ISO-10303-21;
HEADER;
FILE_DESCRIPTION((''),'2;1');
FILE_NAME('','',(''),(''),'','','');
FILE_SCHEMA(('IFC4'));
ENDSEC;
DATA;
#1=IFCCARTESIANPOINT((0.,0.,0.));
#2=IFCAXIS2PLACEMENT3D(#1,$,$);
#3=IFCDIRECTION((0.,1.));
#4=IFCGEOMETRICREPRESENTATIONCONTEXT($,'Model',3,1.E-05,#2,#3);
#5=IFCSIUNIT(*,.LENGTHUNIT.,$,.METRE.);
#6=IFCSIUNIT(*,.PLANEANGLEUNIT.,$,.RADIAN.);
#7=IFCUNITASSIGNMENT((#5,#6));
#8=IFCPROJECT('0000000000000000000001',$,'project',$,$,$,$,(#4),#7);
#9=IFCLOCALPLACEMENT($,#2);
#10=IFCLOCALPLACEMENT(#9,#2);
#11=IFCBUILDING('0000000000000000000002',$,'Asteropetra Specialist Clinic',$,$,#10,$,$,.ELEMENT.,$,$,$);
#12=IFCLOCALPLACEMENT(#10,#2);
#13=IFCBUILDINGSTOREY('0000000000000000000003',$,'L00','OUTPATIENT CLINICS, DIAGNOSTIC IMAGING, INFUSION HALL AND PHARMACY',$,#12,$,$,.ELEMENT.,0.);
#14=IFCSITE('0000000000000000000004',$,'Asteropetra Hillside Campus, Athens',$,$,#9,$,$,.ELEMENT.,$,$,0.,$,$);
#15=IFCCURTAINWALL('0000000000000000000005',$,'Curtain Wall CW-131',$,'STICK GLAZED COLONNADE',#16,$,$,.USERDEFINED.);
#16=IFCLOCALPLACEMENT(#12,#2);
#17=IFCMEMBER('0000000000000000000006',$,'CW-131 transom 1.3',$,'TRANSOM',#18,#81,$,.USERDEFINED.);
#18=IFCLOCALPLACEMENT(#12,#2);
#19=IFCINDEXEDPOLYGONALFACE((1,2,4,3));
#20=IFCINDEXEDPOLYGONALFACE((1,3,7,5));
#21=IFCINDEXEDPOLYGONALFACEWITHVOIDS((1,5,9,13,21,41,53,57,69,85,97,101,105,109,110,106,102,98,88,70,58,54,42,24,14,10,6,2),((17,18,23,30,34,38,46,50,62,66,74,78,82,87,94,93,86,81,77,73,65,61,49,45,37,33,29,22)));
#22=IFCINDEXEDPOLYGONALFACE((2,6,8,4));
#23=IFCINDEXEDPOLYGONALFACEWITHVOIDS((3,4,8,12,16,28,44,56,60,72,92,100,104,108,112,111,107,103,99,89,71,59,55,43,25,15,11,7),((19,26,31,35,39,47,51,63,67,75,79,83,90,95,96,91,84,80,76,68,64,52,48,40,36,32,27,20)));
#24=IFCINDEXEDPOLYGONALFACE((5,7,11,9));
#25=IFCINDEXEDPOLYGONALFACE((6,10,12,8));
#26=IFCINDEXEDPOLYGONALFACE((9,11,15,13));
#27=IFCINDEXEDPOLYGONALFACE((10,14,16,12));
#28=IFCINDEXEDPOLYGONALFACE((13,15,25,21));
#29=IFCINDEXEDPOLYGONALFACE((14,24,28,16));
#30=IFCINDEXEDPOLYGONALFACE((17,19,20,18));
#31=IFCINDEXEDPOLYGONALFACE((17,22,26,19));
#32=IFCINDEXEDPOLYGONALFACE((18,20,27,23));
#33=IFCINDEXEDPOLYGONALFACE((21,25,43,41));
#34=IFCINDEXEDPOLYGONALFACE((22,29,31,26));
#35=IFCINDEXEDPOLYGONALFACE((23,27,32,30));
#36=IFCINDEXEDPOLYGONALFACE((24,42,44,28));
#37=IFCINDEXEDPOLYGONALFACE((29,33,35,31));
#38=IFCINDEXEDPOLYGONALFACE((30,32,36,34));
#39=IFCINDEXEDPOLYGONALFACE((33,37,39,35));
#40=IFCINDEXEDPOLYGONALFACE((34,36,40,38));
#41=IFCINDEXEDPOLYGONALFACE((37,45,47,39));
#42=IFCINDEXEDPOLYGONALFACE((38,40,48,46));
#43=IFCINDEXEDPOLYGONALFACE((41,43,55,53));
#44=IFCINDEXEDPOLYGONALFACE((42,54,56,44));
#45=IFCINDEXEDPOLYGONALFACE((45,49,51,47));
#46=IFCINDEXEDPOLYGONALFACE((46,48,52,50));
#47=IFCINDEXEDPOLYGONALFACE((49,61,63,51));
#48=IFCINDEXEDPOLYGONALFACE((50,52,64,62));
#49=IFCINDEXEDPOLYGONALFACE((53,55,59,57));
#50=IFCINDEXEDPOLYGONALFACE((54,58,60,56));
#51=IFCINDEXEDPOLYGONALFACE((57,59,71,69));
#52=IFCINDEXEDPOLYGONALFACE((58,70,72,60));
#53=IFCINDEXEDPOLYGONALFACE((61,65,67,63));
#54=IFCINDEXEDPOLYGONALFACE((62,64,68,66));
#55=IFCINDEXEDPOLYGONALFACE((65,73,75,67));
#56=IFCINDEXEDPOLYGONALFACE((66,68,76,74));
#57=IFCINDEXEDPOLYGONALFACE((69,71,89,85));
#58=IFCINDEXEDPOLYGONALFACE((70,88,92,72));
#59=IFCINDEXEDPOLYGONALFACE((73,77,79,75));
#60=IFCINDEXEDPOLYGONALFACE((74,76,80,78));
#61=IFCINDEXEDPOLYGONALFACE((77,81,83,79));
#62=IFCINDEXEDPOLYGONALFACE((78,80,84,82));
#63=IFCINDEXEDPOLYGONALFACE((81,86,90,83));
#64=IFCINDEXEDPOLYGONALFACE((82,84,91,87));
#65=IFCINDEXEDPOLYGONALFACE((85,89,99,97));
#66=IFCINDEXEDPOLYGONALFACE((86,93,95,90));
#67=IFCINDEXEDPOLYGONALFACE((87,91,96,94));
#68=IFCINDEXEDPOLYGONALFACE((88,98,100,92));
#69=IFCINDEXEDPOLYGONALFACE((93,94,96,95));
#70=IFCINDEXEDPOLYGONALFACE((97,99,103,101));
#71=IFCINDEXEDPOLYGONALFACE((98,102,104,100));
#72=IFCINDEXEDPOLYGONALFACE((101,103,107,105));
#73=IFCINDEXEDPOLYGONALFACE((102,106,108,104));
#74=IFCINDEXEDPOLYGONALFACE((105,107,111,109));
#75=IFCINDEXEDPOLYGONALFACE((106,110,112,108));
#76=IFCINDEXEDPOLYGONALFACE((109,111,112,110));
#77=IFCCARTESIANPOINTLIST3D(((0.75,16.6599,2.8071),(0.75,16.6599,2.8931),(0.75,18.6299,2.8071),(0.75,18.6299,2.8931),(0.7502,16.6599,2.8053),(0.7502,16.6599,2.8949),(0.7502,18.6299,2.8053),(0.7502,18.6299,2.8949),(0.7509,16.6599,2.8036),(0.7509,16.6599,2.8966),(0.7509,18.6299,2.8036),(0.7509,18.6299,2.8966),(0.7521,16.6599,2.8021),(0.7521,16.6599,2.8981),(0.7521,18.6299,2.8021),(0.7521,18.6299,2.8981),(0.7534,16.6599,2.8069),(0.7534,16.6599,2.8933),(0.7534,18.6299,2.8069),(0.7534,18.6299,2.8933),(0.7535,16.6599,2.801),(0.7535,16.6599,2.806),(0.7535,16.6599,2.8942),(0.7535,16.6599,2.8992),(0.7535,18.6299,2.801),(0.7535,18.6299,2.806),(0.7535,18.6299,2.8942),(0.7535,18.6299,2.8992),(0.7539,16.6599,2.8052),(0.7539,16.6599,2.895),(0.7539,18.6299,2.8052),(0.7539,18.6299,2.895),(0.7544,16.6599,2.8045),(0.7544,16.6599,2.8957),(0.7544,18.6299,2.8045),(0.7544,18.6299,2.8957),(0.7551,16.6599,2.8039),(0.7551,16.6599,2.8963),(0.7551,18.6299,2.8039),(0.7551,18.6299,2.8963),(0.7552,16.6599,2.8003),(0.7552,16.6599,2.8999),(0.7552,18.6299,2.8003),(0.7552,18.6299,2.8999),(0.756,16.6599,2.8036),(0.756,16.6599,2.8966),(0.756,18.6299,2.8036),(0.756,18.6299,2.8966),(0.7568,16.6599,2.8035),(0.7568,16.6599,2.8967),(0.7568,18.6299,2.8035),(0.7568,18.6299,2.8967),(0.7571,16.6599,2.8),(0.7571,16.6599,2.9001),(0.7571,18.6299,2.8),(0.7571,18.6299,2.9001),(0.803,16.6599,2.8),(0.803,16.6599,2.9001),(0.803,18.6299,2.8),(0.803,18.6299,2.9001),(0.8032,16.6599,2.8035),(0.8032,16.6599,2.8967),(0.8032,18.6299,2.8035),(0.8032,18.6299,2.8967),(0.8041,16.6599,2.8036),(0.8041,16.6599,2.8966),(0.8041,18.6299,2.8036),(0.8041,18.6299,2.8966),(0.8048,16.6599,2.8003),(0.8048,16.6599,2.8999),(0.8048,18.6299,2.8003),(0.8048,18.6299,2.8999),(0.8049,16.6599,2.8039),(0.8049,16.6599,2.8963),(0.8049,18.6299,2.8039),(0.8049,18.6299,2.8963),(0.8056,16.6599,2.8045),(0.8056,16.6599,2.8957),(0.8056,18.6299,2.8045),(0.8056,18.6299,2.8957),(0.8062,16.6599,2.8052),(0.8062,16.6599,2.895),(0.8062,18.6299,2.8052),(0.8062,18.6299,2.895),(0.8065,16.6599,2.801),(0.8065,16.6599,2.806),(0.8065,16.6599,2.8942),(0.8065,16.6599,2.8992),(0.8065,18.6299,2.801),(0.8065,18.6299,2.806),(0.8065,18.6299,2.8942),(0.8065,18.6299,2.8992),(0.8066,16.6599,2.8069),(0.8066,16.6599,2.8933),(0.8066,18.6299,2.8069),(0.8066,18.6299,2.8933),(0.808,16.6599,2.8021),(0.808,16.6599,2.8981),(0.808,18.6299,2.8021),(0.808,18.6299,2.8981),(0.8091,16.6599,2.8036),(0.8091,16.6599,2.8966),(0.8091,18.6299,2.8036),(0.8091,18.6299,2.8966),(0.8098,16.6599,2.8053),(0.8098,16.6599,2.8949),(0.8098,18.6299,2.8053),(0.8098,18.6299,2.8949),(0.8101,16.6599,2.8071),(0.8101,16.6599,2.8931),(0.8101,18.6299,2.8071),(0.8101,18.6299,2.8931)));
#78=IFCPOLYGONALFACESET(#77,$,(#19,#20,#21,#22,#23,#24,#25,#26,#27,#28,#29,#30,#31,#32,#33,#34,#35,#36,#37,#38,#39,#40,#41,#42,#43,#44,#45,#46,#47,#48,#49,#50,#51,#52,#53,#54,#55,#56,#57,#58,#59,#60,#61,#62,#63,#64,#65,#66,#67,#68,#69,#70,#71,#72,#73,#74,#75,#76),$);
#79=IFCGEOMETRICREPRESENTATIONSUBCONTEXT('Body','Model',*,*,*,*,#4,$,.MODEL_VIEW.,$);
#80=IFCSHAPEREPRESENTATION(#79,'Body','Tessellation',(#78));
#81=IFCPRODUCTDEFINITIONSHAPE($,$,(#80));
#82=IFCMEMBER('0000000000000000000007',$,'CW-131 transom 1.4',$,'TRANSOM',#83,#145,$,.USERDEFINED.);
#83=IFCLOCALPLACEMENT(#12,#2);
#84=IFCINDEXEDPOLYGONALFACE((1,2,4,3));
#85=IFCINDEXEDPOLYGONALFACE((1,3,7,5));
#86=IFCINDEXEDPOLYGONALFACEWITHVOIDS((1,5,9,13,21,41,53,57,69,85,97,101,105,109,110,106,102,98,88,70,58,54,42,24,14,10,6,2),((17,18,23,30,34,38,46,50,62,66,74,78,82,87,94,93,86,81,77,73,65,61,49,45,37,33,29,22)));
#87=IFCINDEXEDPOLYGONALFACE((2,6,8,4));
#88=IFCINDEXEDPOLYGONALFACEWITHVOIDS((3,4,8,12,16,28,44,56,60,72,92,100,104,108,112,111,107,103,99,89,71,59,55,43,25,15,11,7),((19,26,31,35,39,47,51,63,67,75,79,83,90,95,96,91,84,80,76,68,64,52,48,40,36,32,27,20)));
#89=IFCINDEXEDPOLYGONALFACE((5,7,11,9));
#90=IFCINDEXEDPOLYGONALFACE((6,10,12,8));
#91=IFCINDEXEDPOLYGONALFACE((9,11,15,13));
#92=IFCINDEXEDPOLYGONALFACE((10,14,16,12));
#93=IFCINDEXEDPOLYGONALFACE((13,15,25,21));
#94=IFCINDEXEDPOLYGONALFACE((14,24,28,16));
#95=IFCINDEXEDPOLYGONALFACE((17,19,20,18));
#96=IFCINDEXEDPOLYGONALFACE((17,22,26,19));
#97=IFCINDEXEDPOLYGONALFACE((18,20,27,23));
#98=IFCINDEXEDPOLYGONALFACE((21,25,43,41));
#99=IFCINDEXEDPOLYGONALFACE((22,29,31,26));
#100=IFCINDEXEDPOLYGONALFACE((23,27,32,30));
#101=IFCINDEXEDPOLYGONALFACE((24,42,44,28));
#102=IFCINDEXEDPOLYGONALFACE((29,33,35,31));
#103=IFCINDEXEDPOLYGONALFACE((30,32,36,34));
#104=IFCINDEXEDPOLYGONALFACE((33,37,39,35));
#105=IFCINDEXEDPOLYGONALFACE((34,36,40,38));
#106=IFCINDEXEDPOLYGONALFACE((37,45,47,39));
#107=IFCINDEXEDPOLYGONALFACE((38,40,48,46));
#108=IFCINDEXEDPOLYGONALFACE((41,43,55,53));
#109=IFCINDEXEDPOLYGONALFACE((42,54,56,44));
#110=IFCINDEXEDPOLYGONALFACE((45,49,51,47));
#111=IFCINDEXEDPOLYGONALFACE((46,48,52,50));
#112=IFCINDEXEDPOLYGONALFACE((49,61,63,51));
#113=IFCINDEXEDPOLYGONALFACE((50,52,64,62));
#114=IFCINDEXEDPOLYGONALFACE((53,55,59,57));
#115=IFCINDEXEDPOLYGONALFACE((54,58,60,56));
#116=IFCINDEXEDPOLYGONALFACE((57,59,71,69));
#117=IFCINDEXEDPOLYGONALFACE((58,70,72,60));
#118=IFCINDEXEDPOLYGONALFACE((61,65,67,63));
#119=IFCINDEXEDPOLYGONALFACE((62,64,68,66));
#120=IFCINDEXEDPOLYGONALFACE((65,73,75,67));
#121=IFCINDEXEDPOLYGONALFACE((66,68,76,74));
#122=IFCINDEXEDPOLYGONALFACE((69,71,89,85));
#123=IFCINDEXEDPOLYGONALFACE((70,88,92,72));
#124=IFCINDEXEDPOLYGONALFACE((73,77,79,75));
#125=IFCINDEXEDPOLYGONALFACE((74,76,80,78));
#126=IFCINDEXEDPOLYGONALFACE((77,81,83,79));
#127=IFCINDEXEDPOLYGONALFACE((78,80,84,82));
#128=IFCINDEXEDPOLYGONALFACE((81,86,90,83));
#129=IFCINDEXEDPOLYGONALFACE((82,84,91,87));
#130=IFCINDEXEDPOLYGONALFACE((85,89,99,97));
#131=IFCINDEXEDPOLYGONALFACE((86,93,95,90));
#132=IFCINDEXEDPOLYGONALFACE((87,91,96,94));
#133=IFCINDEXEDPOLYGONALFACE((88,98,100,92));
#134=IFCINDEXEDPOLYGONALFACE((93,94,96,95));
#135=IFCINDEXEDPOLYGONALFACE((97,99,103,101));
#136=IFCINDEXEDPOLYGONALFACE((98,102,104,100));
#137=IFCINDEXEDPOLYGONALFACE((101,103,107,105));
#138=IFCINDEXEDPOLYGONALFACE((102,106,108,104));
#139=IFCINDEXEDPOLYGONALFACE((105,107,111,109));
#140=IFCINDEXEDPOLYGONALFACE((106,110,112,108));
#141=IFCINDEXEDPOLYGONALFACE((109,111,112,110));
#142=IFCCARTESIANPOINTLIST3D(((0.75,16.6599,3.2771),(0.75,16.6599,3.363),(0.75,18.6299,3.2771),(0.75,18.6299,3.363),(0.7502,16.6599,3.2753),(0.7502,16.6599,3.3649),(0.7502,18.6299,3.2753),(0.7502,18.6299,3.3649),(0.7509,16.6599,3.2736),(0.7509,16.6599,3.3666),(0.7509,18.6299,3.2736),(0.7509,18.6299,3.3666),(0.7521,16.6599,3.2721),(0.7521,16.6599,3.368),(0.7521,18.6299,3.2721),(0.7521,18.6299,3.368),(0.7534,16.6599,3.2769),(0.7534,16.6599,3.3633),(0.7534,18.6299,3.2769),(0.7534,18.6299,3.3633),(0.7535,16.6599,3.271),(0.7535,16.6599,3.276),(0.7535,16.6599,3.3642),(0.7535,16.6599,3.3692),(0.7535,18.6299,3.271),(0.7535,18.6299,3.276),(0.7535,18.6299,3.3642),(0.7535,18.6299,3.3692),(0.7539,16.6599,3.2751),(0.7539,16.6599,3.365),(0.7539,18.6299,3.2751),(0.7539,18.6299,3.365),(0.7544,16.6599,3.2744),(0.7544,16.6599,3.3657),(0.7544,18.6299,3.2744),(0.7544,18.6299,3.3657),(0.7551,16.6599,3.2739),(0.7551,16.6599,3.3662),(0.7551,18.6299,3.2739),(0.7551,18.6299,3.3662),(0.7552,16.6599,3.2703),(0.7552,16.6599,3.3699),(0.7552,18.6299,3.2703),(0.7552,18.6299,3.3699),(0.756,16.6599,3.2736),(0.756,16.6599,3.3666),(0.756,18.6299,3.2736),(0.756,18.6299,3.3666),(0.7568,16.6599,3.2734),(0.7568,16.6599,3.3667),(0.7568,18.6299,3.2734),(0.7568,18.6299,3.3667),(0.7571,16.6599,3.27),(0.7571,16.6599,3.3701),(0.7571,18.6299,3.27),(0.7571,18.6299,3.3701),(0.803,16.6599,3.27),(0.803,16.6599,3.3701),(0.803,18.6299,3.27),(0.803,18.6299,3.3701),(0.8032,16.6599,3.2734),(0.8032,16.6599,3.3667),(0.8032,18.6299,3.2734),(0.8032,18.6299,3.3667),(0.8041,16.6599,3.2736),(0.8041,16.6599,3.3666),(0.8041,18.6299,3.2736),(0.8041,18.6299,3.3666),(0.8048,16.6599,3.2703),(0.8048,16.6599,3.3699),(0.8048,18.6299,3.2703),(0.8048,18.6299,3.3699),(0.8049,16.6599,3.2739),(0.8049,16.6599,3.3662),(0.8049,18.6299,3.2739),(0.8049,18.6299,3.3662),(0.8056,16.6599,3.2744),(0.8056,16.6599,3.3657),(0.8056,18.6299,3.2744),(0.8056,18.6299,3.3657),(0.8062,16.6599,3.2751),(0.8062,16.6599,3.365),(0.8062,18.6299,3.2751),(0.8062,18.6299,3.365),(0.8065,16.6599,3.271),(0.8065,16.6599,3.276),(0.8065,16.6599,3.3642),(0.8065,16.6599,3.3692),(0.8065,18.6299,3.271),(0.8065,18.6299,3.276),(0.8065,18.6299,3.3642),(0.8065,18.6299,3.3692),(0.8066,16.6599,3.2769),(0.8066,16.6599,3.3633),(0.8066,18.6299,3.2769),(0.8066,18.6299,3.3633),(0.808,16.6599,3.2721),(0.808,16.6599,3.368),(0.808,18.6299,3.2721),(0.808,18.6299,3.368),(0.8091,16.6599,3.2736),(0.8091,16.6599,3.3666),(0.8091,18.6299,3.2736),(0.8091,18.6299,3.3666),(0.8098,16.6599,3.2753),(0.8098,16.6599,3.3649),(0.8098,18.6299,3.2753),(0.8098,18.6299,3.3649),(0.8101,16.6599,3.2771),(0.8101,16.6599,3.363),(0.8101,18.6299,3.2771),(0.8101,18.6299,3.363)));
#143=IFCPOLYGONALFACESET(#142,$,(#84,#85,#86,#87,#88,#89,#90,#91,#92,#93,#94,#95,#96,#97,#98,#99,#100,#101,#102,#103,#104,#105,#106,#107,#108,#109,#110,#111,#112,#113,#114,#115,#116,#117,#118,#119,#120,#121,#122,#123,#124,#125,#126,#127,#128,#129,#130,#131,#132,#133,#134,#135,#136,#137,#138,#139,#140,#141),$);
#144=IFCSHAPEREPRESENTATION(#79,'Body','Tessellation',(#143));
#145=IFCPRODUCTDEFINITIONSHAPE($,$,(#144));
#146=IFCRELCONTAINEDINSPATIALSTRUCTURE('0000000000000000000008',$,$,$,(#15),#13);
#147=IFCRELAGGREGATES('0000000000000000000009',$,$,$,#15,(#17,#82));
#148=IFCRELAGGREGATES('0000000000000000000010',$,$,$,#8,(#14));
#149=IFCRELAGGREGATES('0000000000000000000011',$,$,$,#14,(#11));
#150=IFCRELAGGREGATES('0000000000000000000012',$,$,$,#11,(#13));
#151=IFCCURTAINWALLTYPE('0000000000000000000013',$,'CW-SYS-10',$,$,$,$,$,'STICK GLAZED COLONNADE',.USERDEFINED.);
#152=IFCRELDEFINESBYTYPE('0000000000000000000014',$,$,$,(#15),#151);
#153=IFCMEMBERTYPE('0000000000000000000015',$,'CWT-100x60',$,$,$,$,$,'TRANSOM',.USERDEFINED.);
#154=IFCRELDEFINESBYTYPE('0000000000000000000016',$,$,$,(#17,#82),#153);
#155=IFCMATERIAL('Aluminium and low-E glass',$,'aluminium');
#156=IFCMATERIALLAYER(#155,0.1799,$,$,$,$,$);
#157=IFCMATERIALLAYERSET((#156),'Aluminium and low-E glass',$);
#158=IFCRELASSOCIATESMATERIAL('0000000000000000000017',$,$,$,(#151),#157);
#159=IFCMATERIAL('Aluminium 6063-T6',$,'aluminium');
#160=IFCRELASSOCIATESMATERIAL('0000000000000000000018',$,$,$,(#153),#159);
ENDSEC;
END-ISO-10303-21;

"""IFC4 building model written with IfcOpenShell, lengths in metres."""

from ifc_helpers import new_model, si_unit, direction, frame, origin, origin_2d, place, context, subcontext, project, spatial, hollow_rectangle, extrude, material, layer, layer_set, material_profile, profile_set, type_object, element, aggregate, save


model = new_model("IFC4")

# Units and contexts
model_context = context("Model", 3, precision=1e-05, world=origin(), true_north=direction((0.0, 1.0)))
body_context = subcontext(model_context, "Body", "Model", "MODEL_VIEW")
ifc_project = project(units=[si_unit("LENGTHUNIT", "METRE"), si_unit("PLANEANGLEUNIT", "RADIAN")], contexts=[model_context])

# Site, building, storey
site_placement = place(None, origin())
site = spatial("IfcSite", under=ifc_project, at=site_placement, Name="Asteropetra Hillside Campus, Athens", CompositionType="ELEMENT", RefElevation=0.0)
building_placement = place(site_placement, origin())
building = spatial("IfcBuilding", under=site, at=building_placement, Name="Asteropetra Specialist Clinic", CompositionType="ELEMENT")
storey_placement = place(building_placement, origin())
storey = spatial("IfcBuildingStorey", under=building, at=storey_placement, Name="L00", Description="OUTPATIENT CLINICS, DIAGNOSTIC IMAGING, INFUSION HALL AND PHARMACY", CompositionType="ELEMENT", Elevation=0.0)

# Curtain wall, members
ifc_material_1 = material(Name="Aluminium and low-E glass", Category="aluminium")
ifc_layer_1 = layer(ifc_material_1, 0.1799)
ifc_layer_set_1 = layer_set([ifc_layer_1], Name="Aluminium and low-E glass")
curtain_wall_type = type_object("IfcCurtainWallType", Name="CW-SYS-10", ElementType="STICK GLAZED COLONNADE", PredefinedType="USERDEFINED", material=ifc_layer_set_1)
curtain_wall_placement = place(storey_placement, origin())
curtain_wall = element("IfcCurtainWall", 1, at=curtain_wall_placement, inside=storey, type_object=curtain_wall_type, Name="Curtain Wall CW-131", ObjectType="STICK GLAZED COLONNADE", PredefinedType="USERDEFINED")
ifc_material_2 = material(Name="Aluminium 6063-T6", Category="aluminium")
ifc_material_profile_1 = material_profile(ifc_material_2, hollow_rectangle(XDim=0.0601, YDim=0.1001, WallThickness=0.0034, InnerFilletRadius=0.0034, OuterFilletRadius=0.0071, at=origin_2d()), Name="TRN 100x60x3.5")
ifc_profile_set_1 = profile_set([ifc_material_profile_1], Name="Aluminium 6063-T6")
member_type_1 = type_object("IfcMemberType", Name="CWT-100x60", ElementType="TRANSOM", PredefinedType="USERDEFINED", material=ifc_profile_set_1)
member_1_placement = place(storey_placement, frame((0.78, 18.6299, 2.8501), z_axis=(0.0, -1.0, 0.0), x_axis=(1.0, 0.0, 0.0)))
member_1 = element("IfcMember", 2, at=member_1_placement, type_object=member_type_1, Name="CW-131 transom 1.3", ObjectType="TRANSOM", PredefinedType="USERDEFINED", context=body_context, shape_type="SweptSolid", body=[
    extrude(hollow_rectangle(XDim=0.0601, YDim=0.1001, WallThickness=0.0034, InnerFilletRadius=0.0034, OuterFilletRadius=0.0071, at=origin_2d()), origin(), (0.0, 0.0, 1.0), 1.97),
])
member_2_placement = place(storey_placement, frame((0.78, 18.6299, 3.3201), z_axis=(0.0, -1.0, 0.0), x_axis=(1.0, 0.0, 0.0)))
member_2 = element("IfcMember", 3, at=member_2_placement, type_object=member_type_1, Name="CW-131 transom 1.4", ObjectType="TRANSOM", PredefinedType="USERDEFINED", context=body_context, shape_type="SweptSolid", body=[
    extrude(hollow_rectangle(XDim=0.0601, YDim=0.1001, WallThickness=0.0034, InnerFilletRadius=0.0034, OuterFilletRadius=0.0071, at=origin_2d()), origin(), (0.0, 0.0, 1.0), 1.97),
])
aggregate(curtain_wall, [member_1, member_2])

save(model, "model.ifc")
